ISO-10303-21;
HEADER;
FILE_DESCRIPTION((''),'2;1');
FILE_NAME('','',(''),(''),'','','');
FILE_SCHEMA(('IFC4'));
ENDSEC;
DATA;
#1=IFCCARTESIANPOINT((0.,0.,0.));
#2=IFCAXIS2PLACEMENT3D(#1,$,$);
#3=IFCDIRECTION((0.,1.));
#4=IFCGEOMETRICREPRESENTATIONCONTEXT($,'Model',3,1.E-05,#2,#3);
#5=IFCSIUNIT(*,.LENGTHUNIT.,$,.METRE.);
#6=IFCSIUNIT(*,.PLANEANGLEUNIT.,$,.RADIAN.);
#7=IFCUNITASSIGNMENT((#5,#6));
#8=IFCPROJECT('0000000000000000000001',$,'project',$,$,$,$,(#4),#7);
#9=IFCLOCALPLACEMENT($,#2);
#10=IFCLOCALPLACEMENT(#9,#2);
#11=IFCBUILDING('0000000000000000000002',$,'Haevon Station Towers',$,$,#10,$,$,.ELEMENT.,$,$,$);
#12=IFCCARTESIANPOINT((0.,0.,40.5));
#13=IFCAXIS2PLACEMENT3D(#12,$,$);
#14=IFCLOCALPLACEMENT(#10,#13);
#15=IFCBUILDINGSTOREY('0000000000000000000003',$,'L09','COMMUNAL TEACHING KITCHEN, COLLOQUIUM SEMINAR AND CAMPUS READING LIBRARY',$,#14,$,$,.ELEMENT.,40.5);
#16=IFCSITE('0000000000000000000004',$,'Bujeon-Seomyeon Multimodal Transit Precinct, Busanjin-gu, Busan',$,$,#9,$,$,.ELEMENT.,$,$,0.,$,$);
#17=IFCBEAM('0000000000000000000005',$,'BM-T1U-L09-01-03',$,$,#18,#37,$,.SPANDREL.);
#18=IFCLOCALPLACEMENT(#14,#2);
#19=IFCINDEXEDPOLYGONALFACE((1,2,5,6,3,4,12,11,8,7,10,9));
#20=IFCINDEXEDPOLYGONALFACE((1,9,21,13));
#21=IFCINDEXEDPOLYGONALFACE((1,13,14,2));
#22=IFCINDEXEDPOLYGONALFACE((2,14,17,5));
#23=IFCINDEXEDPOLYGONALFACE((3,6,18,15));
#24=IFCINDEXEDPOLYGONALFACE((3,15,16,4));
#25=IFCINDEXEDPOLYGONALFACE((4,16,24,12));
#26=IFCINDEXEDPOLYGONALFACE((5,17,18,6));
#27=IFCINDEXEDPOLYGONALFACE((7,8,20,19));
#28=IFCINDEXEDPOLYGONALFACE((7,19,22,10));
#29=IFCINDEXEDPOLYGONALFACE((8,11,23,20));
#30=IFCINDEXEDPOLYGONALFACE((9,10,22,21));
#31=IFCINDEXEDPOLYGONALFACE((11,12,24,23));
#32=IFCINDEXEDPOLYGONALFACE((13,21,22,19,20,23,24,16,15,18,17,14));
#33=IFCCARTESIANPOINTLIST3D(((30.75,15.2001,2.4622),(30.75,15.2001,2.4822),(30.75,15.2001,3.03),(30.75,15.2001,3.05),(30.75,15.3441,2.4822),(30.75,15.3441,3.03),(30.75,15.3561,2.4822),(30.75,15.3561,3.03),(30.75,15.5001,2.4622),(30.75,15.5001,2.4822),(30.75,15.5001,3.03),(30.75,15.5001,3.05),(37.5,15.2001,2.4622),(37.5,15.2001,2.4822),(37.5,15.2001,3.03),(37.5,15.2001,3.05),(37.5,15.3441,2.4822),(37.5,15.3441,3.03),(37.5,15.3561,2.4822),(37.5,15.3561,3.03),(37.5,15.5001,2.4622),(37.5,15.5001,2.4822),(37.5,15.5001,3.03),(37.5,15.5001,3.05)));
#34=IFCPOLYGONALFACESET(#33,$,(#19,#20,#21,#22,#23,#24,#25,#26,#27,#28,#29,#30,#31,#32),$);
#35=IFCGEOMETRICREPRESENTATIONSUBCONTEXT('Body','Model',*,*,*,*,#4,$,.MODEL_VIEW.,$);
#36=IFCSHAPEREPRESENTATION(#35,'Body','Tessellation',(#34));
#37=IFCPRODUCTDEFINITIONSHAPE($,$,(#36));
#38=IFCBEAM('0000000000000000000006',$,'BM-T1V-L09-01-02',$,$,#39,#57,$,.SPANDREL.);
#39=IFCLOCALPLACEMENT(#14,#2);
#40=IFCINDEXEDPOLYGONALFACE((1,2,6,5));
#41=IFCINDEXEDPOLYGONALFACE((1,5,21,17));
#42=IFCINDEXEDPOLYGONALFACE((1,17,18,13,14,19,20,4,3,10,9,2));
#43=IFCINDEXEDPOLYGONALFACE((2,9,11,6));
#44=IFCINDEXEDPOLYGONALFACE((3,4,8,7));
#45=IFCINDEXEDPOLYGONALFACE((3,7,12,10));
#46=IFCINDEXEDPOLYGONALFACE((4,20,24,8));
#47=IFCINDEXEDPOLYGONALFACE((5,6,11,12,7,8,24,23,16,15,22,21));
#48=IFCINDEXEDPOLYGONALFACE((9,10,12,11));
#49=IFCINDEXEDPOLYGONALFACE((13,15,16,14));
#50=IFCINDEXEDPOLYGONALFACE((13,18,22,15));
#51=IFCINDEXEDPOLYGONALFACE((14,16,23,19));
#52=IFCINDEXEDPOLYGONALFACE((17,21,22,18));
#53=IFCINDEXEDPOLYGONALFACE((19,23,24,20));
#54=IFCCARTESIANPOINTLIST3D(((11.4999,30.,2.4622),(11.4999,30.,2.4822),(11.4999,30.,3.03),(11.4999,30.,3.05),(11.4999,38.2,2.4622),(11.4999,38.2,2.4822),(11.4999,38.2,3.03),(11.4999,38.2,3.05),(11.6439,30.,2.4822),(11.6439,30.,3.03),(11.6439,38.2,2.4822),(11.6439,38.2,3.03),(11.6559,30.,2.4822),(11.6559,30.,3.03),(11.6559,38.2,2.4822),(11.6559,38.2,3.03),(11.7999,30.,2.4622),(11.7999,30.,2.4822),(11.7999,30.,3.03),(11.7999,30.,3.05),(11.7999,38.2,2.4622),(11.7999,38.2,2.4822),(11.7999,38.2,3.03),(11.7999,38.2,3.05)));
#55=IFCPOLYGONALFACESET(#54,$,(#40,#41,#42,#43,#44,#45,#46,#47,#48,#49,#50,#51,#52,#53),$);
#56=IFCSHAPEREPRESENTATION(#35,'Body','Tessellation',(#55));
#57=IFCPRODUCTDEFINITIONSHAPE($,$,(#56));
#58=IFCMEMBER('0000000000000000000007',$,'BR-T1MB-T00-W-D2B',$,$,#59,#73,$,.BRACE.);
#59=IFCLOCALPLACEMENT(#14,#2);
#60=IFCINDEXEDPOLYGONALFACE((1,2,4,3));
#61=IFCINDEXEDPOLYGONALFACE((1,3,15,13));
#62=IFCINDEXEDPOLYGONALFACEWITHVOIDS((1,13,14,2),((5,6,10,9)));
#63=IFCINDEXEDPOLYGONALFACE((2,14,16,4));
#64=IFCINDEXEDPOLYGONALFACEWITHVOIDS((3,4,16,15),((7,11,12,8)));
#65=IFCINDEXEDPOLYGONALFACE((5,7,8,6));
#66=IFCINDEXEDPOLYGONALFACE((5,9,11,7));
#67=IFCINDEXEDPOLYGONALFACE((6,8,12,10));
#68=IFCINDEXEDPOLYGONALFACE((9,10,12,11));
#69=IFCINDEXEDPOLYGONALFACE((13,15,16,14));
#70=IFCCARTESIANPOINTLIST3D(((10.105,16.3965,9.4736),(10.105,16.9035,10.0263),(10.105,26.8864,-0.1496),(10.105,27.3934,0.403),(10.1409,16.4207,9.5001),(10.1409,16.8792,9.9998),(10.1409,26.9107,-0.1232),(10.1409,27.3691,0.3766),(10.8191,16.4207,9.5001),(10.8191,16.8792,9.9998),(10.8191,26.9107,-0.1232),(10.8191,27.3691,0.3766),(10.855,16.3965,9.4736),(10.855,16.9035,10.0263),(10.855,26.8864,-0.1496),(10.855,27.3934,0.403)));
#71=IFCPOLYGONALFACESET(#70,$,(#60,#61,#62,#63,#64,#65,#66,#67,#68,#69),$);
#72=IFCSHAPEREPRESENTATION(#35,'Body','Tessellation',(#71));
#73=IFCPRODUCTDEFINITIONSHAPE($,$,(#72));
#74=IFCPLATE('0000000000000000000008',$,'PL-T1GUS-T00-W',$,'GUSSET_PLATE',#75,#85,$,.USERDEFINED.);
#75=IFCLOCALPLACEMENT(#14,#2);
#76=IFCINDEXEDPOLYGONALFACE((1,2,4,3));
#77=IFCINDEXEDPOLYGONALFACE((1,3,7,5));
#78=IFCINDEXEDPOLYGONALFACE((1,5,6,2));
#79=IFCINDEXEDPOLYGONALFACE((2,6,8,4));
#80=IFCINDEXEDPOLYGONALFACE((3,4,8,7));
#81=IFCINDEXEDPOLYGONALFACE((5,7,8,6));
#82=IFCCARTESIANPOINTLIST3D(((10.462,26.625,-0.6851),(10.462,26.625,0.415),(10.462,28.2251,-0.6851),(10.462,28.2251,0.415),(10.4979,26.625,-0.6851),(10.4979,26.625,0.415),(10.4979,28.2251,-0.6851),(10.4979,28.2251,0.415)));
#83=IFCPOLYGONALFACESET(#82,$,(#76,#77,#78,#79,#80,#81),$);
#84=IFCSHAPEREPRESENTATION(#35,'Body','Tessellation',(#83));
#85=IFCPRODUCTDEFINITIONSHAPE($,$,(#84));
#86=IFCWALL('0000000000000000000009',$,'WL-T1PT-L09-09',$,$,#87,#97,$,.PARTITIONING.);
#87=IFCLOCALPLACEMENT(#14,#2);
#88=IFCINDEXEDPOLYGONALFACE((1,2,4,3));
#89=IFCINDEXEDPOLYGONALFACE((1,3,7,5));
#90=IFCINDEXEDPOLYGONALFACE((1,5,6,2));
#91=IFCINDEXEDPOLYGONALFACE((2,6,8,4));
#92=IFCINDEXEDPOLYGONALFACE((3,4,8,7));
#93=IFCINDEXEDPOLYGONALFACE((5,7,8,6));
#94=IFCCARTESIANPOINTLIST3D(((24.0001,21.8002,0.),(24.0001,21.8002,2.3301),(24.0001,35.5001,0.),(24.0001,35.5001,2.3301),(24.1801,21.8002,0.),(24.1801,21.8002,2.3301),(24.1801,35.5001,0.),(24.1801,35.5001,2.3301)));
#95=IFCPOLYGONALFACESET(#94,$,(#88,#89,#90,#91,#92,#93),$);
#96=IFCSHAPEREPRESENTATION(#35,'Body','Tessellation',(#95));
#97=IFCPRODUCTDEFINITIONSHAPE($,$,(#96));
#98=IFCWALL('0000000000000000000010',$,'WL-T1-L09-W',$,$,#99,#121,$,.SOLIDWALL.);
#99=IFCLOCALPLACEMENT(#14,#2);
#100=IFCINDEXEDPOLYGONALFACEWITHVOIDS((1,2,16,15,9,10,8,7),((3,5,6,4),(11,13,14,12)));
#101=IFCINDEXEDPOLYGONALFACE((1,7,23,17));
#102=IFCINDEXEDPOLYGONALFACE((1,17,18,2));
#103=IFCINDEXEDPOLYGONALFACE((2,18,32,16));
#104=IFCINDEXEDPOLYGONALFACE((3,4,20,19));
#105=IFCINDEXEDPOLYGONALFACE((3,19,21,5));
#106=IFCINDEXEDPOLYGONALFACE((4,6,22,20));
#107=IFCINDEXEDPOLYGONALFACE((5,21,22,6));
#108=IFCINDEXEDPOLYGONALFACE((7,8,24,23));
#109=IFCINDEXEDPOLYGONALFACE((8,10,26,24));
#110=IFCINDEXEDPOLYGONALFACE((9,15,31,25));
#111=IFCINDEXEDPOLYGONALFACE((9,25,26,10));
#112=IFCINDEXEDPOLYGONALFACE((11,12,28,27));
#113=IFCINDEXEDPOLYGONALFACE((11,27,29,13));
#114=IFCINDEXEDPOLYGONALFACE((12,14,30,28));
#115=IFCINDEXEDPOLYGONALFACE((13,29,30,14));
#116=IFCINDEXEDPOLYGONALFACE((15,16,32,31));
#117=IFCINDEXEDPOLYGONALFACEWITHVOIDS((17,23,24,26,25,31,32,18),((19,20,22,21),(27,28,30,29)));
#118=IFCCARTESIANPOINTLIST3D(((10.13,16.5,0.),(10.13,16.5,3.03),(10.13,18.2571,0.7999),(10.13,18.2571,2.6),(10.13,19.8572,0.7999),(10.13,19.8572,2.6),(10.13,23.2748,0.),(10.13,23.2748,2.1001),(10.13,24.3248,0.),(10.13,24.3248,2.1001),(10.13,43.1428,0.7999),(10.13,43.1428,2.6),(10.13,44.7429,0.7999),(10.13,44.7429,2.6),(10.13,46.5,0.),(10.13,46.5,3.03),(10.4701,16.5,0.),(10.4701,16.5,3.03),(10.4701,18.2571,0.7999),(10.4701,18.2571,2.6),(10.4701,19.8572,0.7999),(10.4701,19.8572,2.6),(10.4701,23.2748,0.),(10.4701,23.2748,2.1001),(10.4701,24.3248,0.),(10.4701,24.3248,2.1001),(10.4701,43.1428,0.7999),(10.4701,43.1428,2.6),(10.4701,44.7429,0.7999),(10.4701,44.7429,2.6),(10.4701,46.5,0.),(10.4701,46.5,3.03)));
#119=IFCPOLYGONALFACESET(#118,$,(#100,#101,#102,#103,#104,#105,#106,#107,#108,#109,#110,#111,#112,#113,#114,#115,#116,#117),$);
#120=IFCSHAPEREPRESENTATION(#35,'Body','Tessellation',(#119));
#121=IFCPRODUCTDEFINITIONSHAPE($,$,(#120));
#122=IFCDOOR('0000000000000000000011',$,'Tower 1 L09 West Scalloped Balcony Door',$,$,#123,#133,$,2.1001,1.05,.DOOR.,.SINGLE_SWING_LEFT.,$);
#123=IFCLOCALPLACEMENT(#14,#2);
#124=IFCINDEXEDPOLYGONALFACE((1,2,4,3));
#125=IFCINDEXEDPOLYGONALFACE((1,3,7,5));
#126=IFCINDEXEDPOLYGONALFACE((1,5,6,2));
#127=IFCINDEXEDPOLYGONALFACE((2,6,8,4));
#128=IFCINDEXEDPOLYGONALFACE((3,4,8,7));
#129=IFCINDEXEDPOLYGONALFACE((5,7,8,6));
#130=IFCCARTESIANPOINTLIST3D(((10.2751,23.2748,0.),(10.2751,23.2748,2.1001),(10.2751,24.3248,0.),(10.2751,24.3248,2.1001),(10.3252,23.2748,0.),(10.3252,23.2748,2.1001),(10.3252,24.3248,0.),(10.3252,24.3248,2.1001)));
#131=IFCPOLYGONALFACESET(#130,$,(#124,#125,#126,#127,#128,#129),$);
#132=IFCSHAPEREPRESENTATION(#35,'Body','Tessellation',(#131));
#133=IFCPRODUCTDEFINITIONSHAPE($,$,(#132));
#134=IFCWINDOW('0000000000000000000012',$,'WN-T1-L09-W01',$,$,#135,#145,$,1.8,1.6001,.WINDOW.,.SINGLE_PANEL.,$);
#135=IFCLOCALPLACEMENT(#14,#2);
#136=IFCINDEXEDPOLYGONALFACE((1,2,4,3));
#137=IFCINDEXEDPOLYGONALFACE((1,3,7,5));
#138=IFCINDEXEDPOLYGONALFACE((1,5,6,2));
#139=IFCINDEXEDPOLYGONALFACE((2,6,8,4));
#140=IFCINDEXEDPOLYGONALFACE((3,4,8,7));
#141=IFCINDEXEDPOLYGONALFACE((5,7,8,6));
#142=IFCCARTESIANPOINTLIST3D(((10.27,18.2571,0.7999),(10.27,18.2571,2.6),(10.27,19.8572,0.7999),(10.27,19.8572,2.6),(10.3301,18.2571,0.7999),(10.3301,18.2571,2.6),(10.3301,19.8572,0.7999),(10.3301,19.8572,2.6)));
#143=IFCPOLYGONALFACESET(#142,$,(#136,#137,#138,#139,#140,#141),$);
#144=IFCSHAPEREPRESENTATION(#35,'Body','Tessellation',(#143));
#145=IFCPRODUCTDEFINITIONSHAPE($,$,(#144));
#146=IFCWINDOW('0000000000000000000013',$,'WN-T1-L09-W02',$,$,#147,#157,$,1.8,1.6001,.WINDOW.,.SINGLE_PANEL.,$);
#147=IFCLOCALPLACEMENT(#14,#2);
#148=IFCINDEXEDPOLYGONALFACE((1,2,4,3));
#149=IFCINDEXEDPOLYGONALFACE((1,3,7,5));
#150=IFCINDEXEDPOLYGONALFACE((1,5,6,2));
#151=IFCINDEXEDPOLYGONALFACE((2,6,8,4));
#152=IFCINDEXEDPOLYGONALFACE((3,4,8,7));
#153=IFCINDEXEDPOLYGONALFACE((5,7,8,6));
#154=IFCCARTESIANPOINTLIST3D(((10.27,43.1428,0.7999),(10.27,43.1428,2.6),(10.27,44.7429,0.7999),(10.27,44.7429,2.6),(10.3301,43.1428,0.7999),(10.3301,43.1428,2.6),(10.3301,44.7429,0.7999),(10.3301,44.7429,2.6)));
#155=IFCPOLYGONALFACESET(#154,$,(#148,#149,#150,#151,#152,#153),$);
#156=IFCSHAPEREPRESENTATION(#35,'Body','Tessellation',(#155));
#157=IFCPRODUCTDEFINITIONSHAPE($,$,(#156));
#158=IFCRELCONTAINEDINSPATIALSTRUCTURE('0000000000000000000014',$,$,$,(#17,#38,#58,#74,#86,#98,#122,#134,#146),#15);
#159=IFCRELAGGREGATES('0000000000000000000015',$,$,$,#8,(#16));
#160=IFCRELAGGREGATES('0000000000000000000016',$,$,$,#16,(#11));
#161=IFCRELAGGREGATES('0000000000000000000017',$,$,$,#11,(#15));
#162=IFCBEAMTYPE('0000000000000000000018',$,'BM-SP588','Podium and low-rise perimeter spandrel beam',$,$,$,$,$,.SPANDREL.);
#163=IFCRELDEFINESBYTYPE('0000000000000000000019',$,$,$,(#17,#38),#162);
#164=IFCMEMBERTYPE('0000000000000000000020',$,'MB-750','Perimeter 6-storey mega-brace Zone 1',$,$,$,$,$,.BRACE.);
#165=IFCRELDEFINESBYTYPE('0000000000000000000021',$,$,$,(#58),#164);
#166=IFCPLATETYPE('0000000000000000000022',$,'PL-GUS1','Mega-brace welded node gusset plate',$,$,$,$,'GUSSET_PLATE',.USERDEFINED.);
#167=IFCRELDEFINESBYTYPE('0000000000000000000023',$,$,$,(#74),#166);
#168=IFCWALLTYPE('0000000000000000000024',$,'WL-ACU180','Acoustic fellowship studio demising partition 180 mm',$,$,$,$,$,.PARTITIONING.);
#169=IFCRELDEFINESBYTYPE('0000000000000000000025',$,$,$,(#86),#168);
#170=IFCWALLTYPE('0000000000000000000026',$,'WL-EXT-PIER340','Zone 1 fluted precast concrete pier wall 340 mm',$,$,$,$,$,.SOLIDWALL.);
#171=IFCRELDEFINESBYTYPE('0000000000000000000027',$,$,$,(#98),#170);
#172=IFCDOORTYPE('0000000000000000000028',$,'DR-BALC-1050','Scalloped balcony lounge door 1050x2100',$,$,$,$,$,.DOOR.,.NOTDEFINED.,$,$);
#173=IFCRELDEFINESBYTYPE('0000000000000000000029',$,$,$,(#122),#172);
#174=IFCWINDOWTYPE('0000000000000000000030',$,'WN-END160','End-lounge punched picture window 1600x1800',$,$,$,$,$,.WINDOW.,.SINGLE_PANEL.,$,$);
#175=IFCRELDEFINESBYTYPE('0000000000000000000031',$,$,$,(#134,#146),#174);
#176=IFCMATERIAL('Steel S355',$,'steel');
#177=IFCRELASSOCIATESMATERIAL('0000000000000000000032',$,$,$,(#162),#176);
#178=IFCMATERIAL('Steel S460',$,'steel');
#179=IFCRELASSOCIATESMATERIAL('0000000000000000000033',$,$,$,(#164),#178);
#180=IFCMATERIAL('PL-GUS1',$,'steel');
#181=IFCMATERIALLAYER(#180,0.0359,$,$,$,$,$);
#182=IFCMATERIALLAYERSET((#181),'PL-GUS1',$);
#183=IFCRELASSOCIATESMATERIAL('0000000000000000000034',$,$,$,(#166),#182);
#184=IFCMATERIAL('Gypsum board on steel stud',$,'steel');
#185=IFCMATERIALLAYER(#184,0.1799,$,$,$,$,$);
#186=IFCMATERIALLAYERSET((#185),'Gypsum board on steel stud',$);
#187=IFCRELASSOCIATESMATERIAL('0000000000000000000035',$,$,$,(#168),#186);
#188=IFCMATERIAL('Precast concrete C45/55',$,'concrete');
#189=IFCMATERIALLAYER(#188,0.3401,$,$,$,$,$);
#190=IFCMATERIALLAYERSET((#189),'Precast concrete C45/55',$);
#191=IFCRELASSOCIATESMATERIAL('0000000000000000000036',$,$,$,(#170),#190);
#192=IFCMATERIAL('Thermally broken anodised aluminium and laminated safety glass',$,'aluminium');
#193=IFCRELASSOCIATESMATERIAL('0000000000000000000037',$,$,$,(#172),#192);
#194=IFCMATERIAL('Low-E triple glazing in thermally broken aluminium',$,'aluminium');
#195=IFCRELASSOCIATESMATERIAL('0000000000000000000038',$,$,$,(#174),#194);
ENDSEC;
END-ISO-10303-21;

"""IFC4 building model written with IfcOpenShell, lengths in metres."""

from ifc_helpers import new_model, si_unit, direction, frame, frame_2d, origin, origin_2d, place, context, subcontext, project, spatial, rectangle, hollow_rectangle, i_section, extrude, material, layer, layer_set, material_profile, profile_set, type_object, element, fill, save


model = new_model("IFC4")

# Units and contexts
model_context = context("Model", 3, precision=1e-05, world=origin(), true_north=direction((0.0, 1.0)))
body_context = subcontext(model_context, "Body", "Model", "MODEL_VIEW")
ifc_project = project(units=[si_unit("LENGTHUNIT", "METRE"), si_unit("PLANEANGLEUNIT", "RADIAN")], contexts=[model_context])

# Site, building, storey
site_placement = place(None, origin())
site = spatial("IfcSite", under=ifc_project, at=site_placement, Name="Bujeon-Seomyeon Multimodal Transit Precinct, Busanjin-gu, Busan", CompositionType="ELEMENT", RefElevation=0.0)
building_placement = place(site_placement, origin())
building = spatial("IfcBuilding", under=site, at=building_placement, Name="Haevon Station Towers", CompositionType="ELEMENT")
storey_placement = place(building_placement, frame((0.0, 0.0, 40.5)))
storey = spatial("IfcBuildingStorey", under=building, at=storey_placement, Name="L09", Description="COMMUNAL TEACHING KITCHEN, COLLOQUIUM SEMINAR AND CAMPUS READING LIBRARY", CompositionType="ELEMENT", Elevation=40.5)

# Shared definitions
ifc_material_1 = material(Name="Steel S460", Category="steel")

# Beams
ifc_material_2 = material(Name="Steel S355", Category="steel")
ifc_material_profile_1 = material_profile(ifc_material_2, i_section(OverallWidth=0.3, OverallDepth=0.5879, WebThickness=0.012, FlangeThickness=0.02, at=origin_2d()), Name="H-588x300x12x20")
ifc_profile_set_1 = profile_set([ifc_material_profile_1], Name="Steel S355")
beam_type_1 = type_object("IfcBeamType", Name="BM-SP588", Description="Podium and low-rise perimeter spandrel beam", PredefinedType="SPANDREL", material=ifc_profile_set_1)
beam_1_placement = place(storey_placement, frame((30.75, 15.3501, 2.7561), z_axis=(1.0, 0.0, 0.0), x_axis=(0.0, 1.0, 0.0)))
element("IfcBeam", 1, at=beam_1_placement, inside=storey, type_object=beam_type_1, Name="BM-T1U-L09-01-03", PredefinedType="SPANDREL", context=body_context, shape_type="SweptSolid", body=[
    extrude(i_section(OverallWidth=0.3, OverallDepth=0.5879, WebThickness=0.012, FlangeThickness=0.02, at=origin_2d()), origin(), (0.0, 0.0, 1.0), 6.75),
])
beam_2_placement = place(storey_placement, frame((11.6499, 30.0, 2.7561), z_axis=(0.0, 1.0, 0.0), x_axis=(-1.0, 0.0, 0.0)))
element("IfcBeam", 2, at=beam_2_placement, inside=storey, type_object=beam_type_1, Name="BM-T1V-L09-01-02", PredefinedType="SPANDREL", context=body_context, shape_type="SweptSolid", body=[
    extrude(i_section(OverallWidth=0.3, OverallDepth=0.5879, WebThickness=0.012, FlangeThickness=0.02, at=origin_2d()), origin(), (0.0, 0.0, 1.0), 8.2),
])

# Member
ifc_material_profile_2 = material_profile(ifc_material_1, hollow_rectangle(XDim=0.75, YDim=0.75, WallThickness=0.0359, at=origin_2d()), Name="RHS-750x750x36")
ifc_profile_set_2 = profile_set([ifc_material_profile_2], Name="Steel S460")
member_type = type_object("IfcMemberType", Name="MB-750", Description="Perimeter 6-storey mega-brace Zone 1", PredefinedType="BRACE", material=ifc_profile_set_2)
member_placement = place(storey_placement, frame((10.48, 27.1399, 0.1267), z_axis=(0.0, -0.736893, 0.67601), x_axis=(1.0, 0.0, 0.0)))
element("IfcMember", 3, at=member_placement, inside=storey, type_object=member_type, Name="BR-T1MB-T00-W-D2B", PredefinedType="BRACE", context=body_context, shape_type="SweptSolid", body=[
    extrude(hollow_rectangle(XDim=0.75, YDim=0.75, WallThickness=0.0359, at=origin_2d()), origin(), (0.0, 0.0, 1.0), 14.2354),
])

# Plate
ifc_material_3 = material(Name="PL-GUS1", Category="steel")
ifc_layer_1 = layer(ifc_material_3, 0.0359)
ifc_layer_set_1 = layer_set([ifc_layer_1], Name="PL-GUS1")
plate_type = type_object("IfcPlateType", Name="PL-GUS1", Description="Mega-brace welded node gusset plate", ElementType="GUSSET_PLATE", PredefinedType="USERDEFINED", material=ifc_layer_set_1)
plate_placement = place(storey_placement, frame((10.48, 27.425, -0.6851), z_axis=(0.0, 0.0, 1.0), x_axis=(0.0, 1.0, 0.0)))
element("IfcPlate", 4, at=plate_placement, inside=storey, type_object=plate_type, Name="PL-T1GUS-T00-W", ObjectType="GUSSET_PLATE", PredefinedType="USERDEFINED", context=body_context, shape_type="SweptSolid", body=[
    extrude(rectangle(XDim=1.6001, YDim=0.0359, at=origin_2d()), origin(), (0.0, 0.0, 1.0), 1.1001),
])

# Wall
ifc_material_4 = material(Name="Gypsum board on steel stud", Category="steel")
ifc_layer_2 = layer(ifc_material_4, 0.1799)
ifc_layer_set_2 = layer_set([ifc_layer_2], Name="Gypsum board on steel stud")
wall_type_1 = type_object("IfcWallType", Name="WL-ACU180", Description="Acoustic fellowship studio demising partition 180 mm", PredefinedType="PARTITIONING", material=ifc_layer_set_2)
wall_1_placement = place(storey_placement, frame((24.0901, 21.8, 0.0), z_axis=(0.0, 0.0, 1.0), x_axis=(0.0, 1.0, 0.0)))
element("IfcWall", 5, at=wall_1_placement, inside=storey, type_object=wall_type_1, Name="WL-T1PT-L09-09", PredefinedType="PARTITIONING", context=body_context, shape_type="SweptSolid", body=[
    extrude(rectangle(XDim=13.7, YDim=0.1799, at=frame_2d((6.8501, 0.0))), origin(), (0.0, 0.0, 1.0), 2.3301),
])

# Wall, openings, door, windows
ifc_material_5 = material(Name="Precast concrete C45/55", Category="concrete")
ifc_layer_3 = layer(ifc_material_5, 0.3401)
ifc_layer_set_3 = layer_set([ifc_layer_3], Name="Precast concrete C45/55")
wall_type_2 = type_object("IfcWallType", Name="WL-EXT-PIER340", Description="Zone 1 fluted precast concrete pier wall 340 mm", PredefinedType="SOLIDWALL", material=ifc_layer_set_3)
wall_2_placement = place(storey_placement, frame((10.3, 16.5, 0.0), z_axis=(0.0, 0.0, 1.0), x_axis=(0.0, 1.0, 0.0)))
wall_2 = element("IfcWall", 6, at=wall_2_placement, inside=storey, type_object=wall_type_2, Name="WL-T1-L09-W", PredefinedType="SOLIDWALL", context=body_context, shape_type="SweptSolid", body=[
    extrude(rectangle(XDim=30.0, YDim=0.3401, at=frame_2d((15.0, 0.0))), origin(), (0.0, 0.0, 1.0), 3.03),
])
opening_1_placement = place(wall_2_placement, frame((6.7749, 0.0, 0.0)))
opening_1 = element("IfcOpeningElement", 7, at=opening_1_placement, cuts=wall_2, PredefinedType="OPENING", context=body_context, shape_type="SweptSolid", body=[
    extrude(rectangle(XDim=1.05, YDim=2.1001, at=frame_2d((0.5249, 1.05))), frame((0.0, 0.1799, 0.0), z_axis=(0.0, -1.0, 0.0), x_axis=(1.0, 0.0, 0.0)), (0.0, 0.0, 1.0), 0.3601),
])
opening_2_placement = place(wall_2_placement, frame((1.7571, 0.0, 0.8)))
opening_2 = element("IfcOpeningElement", 8, at=opening_2_placement, cuts=wall_2, PredefinedType="OPENING", context=body_context, shape_type="SweptSolid", body=[
    extrude(rectangle(XDim=1.6001, YDim=1.8, at=frame_2d((0.8, 0.8999))), frame((0.0, 0.1799, 0.0), z_axis=(0.0, -1.0, 0.0), x_axis=(1.0, 0.0, 0.0)), (0.0, 0.0, 1.0), 0.3601),
])
opening_3_placement = place(wall_2_placement, frame((26.6428, 0.0, 0.8)))
opening_3 = element("IfcOpeningElement", 9, at=opening_3_placement, cuts=wall_2, PredefinedType="OPENING", context=body_context, shape_type="SweptSolid", body=[
    extrude(rectangle(XDim=1.6001, YDim=1.8, at=frame_2d((0.8, 0.8999))), frame((0.0, 0.1799, 0.0), z_axis=(0.0, -1.0, 0.0), x_axis=(1.0, 0.0, 0.0)), (0.0, 0.0, 1.0), 0.3601),
])
ifc_material_6 = material(Name="Thermally broken anodised aluminium and laminated safety glass", Category="aluminium")
door_type = type_object("IfcDoorType", Name="DR-BALC-1050", Description="Scalloped balcony lounge door 1050x2100", OperationType="NOTDEFINED", PredefinedType="DOOR", material=ifc_material_6)
door_placement = place(opening_1_placement, origin())
door = element("IfcDoor", 10, at=door_placement, inside=storey, type_object=door_type, Name="Tower 1 L09 West Scalloped Balcony Door", OperationType="SINGLE_SWING_LEFT", OverallHeight=2.1001, OverallWidth=1.05, PredefinedType="DOOR", context=body_context, shape_type="SweptSolid", body=[
    extrude(rectangle(XDim=1.05, YDim=2.1001, at=frame_2d((0.5249, 1.05))), frame((0.0, 0.0249, 0.0), z_axis=(0.0, -1.0, 0.0), x_axis=(1.0, 0.0, 0.0)), (0.0, 0.0, 1.0), 0.05),
])
fill(opening_1, door)
ifc_material_7 = material(Name="Low-E triple glazing in thermally broken aluminium", Category="aluminium")
window_type = type_object("IfcWindowType", Name="WN-END160", Description="End-lounge punched picture window 1600x1800", PartitioningType="SINGLE_PANEL", PredefinedType="WINDOW", material=ifc_material_7)
window_1_placement = place(opening_2_placement, origin())
window_1 = element("IfcWindow", 11, at=window_1_placement, inside=storey, type_object=window_type, Name="WN-T1-L09-W01", OverallHeight=1.8, OverallWidth=1.6001, PartitioningType="SINGLE_PANEL", PredefinedType="WINDOW", context=body_context, shape_type="SweptSolid", body=[
    extrude(rectangle(XDim=1.6001, YDim=1.8, at=frame_2d((0.8, 0.8999))), frame((0.0, 0.03, 0.0), z_axis=(0.0, -1.0, 0.0), x_axis=(1.0, 0.0, 0.0)), (0.0, 0.0, 1.0), 0.0601),
])
fill(opening_2, window_1)
window_2_placement = place(opening_3_placement, origin())
window_2 = element("IfcWindow", 12, at=window_2_placement, inside=storey, type_object=window_type, Name="WN-T1-L09-W02", OverallHeight=1.8, OverallWidth=1.6001, PartitioningType="SINGLE_PANEL", PredefinedType="WINDOW", context=body_context, shape_type="SweptSolid", body=[
    extrude(rectangle(XDim=1.6001, YDim=1.8, at=frame_2d((0.8, 0.8999))), frame((0.0, 0.03, 0.0), z_axis=(0.0, -1.0, 0.0), x_axis=(1.0, 0.0, 0.0)), (0.0, 0.0, 1.0), 0.0601),
])
fill(opening_3, window_2)

save(model, "model.ifc")
